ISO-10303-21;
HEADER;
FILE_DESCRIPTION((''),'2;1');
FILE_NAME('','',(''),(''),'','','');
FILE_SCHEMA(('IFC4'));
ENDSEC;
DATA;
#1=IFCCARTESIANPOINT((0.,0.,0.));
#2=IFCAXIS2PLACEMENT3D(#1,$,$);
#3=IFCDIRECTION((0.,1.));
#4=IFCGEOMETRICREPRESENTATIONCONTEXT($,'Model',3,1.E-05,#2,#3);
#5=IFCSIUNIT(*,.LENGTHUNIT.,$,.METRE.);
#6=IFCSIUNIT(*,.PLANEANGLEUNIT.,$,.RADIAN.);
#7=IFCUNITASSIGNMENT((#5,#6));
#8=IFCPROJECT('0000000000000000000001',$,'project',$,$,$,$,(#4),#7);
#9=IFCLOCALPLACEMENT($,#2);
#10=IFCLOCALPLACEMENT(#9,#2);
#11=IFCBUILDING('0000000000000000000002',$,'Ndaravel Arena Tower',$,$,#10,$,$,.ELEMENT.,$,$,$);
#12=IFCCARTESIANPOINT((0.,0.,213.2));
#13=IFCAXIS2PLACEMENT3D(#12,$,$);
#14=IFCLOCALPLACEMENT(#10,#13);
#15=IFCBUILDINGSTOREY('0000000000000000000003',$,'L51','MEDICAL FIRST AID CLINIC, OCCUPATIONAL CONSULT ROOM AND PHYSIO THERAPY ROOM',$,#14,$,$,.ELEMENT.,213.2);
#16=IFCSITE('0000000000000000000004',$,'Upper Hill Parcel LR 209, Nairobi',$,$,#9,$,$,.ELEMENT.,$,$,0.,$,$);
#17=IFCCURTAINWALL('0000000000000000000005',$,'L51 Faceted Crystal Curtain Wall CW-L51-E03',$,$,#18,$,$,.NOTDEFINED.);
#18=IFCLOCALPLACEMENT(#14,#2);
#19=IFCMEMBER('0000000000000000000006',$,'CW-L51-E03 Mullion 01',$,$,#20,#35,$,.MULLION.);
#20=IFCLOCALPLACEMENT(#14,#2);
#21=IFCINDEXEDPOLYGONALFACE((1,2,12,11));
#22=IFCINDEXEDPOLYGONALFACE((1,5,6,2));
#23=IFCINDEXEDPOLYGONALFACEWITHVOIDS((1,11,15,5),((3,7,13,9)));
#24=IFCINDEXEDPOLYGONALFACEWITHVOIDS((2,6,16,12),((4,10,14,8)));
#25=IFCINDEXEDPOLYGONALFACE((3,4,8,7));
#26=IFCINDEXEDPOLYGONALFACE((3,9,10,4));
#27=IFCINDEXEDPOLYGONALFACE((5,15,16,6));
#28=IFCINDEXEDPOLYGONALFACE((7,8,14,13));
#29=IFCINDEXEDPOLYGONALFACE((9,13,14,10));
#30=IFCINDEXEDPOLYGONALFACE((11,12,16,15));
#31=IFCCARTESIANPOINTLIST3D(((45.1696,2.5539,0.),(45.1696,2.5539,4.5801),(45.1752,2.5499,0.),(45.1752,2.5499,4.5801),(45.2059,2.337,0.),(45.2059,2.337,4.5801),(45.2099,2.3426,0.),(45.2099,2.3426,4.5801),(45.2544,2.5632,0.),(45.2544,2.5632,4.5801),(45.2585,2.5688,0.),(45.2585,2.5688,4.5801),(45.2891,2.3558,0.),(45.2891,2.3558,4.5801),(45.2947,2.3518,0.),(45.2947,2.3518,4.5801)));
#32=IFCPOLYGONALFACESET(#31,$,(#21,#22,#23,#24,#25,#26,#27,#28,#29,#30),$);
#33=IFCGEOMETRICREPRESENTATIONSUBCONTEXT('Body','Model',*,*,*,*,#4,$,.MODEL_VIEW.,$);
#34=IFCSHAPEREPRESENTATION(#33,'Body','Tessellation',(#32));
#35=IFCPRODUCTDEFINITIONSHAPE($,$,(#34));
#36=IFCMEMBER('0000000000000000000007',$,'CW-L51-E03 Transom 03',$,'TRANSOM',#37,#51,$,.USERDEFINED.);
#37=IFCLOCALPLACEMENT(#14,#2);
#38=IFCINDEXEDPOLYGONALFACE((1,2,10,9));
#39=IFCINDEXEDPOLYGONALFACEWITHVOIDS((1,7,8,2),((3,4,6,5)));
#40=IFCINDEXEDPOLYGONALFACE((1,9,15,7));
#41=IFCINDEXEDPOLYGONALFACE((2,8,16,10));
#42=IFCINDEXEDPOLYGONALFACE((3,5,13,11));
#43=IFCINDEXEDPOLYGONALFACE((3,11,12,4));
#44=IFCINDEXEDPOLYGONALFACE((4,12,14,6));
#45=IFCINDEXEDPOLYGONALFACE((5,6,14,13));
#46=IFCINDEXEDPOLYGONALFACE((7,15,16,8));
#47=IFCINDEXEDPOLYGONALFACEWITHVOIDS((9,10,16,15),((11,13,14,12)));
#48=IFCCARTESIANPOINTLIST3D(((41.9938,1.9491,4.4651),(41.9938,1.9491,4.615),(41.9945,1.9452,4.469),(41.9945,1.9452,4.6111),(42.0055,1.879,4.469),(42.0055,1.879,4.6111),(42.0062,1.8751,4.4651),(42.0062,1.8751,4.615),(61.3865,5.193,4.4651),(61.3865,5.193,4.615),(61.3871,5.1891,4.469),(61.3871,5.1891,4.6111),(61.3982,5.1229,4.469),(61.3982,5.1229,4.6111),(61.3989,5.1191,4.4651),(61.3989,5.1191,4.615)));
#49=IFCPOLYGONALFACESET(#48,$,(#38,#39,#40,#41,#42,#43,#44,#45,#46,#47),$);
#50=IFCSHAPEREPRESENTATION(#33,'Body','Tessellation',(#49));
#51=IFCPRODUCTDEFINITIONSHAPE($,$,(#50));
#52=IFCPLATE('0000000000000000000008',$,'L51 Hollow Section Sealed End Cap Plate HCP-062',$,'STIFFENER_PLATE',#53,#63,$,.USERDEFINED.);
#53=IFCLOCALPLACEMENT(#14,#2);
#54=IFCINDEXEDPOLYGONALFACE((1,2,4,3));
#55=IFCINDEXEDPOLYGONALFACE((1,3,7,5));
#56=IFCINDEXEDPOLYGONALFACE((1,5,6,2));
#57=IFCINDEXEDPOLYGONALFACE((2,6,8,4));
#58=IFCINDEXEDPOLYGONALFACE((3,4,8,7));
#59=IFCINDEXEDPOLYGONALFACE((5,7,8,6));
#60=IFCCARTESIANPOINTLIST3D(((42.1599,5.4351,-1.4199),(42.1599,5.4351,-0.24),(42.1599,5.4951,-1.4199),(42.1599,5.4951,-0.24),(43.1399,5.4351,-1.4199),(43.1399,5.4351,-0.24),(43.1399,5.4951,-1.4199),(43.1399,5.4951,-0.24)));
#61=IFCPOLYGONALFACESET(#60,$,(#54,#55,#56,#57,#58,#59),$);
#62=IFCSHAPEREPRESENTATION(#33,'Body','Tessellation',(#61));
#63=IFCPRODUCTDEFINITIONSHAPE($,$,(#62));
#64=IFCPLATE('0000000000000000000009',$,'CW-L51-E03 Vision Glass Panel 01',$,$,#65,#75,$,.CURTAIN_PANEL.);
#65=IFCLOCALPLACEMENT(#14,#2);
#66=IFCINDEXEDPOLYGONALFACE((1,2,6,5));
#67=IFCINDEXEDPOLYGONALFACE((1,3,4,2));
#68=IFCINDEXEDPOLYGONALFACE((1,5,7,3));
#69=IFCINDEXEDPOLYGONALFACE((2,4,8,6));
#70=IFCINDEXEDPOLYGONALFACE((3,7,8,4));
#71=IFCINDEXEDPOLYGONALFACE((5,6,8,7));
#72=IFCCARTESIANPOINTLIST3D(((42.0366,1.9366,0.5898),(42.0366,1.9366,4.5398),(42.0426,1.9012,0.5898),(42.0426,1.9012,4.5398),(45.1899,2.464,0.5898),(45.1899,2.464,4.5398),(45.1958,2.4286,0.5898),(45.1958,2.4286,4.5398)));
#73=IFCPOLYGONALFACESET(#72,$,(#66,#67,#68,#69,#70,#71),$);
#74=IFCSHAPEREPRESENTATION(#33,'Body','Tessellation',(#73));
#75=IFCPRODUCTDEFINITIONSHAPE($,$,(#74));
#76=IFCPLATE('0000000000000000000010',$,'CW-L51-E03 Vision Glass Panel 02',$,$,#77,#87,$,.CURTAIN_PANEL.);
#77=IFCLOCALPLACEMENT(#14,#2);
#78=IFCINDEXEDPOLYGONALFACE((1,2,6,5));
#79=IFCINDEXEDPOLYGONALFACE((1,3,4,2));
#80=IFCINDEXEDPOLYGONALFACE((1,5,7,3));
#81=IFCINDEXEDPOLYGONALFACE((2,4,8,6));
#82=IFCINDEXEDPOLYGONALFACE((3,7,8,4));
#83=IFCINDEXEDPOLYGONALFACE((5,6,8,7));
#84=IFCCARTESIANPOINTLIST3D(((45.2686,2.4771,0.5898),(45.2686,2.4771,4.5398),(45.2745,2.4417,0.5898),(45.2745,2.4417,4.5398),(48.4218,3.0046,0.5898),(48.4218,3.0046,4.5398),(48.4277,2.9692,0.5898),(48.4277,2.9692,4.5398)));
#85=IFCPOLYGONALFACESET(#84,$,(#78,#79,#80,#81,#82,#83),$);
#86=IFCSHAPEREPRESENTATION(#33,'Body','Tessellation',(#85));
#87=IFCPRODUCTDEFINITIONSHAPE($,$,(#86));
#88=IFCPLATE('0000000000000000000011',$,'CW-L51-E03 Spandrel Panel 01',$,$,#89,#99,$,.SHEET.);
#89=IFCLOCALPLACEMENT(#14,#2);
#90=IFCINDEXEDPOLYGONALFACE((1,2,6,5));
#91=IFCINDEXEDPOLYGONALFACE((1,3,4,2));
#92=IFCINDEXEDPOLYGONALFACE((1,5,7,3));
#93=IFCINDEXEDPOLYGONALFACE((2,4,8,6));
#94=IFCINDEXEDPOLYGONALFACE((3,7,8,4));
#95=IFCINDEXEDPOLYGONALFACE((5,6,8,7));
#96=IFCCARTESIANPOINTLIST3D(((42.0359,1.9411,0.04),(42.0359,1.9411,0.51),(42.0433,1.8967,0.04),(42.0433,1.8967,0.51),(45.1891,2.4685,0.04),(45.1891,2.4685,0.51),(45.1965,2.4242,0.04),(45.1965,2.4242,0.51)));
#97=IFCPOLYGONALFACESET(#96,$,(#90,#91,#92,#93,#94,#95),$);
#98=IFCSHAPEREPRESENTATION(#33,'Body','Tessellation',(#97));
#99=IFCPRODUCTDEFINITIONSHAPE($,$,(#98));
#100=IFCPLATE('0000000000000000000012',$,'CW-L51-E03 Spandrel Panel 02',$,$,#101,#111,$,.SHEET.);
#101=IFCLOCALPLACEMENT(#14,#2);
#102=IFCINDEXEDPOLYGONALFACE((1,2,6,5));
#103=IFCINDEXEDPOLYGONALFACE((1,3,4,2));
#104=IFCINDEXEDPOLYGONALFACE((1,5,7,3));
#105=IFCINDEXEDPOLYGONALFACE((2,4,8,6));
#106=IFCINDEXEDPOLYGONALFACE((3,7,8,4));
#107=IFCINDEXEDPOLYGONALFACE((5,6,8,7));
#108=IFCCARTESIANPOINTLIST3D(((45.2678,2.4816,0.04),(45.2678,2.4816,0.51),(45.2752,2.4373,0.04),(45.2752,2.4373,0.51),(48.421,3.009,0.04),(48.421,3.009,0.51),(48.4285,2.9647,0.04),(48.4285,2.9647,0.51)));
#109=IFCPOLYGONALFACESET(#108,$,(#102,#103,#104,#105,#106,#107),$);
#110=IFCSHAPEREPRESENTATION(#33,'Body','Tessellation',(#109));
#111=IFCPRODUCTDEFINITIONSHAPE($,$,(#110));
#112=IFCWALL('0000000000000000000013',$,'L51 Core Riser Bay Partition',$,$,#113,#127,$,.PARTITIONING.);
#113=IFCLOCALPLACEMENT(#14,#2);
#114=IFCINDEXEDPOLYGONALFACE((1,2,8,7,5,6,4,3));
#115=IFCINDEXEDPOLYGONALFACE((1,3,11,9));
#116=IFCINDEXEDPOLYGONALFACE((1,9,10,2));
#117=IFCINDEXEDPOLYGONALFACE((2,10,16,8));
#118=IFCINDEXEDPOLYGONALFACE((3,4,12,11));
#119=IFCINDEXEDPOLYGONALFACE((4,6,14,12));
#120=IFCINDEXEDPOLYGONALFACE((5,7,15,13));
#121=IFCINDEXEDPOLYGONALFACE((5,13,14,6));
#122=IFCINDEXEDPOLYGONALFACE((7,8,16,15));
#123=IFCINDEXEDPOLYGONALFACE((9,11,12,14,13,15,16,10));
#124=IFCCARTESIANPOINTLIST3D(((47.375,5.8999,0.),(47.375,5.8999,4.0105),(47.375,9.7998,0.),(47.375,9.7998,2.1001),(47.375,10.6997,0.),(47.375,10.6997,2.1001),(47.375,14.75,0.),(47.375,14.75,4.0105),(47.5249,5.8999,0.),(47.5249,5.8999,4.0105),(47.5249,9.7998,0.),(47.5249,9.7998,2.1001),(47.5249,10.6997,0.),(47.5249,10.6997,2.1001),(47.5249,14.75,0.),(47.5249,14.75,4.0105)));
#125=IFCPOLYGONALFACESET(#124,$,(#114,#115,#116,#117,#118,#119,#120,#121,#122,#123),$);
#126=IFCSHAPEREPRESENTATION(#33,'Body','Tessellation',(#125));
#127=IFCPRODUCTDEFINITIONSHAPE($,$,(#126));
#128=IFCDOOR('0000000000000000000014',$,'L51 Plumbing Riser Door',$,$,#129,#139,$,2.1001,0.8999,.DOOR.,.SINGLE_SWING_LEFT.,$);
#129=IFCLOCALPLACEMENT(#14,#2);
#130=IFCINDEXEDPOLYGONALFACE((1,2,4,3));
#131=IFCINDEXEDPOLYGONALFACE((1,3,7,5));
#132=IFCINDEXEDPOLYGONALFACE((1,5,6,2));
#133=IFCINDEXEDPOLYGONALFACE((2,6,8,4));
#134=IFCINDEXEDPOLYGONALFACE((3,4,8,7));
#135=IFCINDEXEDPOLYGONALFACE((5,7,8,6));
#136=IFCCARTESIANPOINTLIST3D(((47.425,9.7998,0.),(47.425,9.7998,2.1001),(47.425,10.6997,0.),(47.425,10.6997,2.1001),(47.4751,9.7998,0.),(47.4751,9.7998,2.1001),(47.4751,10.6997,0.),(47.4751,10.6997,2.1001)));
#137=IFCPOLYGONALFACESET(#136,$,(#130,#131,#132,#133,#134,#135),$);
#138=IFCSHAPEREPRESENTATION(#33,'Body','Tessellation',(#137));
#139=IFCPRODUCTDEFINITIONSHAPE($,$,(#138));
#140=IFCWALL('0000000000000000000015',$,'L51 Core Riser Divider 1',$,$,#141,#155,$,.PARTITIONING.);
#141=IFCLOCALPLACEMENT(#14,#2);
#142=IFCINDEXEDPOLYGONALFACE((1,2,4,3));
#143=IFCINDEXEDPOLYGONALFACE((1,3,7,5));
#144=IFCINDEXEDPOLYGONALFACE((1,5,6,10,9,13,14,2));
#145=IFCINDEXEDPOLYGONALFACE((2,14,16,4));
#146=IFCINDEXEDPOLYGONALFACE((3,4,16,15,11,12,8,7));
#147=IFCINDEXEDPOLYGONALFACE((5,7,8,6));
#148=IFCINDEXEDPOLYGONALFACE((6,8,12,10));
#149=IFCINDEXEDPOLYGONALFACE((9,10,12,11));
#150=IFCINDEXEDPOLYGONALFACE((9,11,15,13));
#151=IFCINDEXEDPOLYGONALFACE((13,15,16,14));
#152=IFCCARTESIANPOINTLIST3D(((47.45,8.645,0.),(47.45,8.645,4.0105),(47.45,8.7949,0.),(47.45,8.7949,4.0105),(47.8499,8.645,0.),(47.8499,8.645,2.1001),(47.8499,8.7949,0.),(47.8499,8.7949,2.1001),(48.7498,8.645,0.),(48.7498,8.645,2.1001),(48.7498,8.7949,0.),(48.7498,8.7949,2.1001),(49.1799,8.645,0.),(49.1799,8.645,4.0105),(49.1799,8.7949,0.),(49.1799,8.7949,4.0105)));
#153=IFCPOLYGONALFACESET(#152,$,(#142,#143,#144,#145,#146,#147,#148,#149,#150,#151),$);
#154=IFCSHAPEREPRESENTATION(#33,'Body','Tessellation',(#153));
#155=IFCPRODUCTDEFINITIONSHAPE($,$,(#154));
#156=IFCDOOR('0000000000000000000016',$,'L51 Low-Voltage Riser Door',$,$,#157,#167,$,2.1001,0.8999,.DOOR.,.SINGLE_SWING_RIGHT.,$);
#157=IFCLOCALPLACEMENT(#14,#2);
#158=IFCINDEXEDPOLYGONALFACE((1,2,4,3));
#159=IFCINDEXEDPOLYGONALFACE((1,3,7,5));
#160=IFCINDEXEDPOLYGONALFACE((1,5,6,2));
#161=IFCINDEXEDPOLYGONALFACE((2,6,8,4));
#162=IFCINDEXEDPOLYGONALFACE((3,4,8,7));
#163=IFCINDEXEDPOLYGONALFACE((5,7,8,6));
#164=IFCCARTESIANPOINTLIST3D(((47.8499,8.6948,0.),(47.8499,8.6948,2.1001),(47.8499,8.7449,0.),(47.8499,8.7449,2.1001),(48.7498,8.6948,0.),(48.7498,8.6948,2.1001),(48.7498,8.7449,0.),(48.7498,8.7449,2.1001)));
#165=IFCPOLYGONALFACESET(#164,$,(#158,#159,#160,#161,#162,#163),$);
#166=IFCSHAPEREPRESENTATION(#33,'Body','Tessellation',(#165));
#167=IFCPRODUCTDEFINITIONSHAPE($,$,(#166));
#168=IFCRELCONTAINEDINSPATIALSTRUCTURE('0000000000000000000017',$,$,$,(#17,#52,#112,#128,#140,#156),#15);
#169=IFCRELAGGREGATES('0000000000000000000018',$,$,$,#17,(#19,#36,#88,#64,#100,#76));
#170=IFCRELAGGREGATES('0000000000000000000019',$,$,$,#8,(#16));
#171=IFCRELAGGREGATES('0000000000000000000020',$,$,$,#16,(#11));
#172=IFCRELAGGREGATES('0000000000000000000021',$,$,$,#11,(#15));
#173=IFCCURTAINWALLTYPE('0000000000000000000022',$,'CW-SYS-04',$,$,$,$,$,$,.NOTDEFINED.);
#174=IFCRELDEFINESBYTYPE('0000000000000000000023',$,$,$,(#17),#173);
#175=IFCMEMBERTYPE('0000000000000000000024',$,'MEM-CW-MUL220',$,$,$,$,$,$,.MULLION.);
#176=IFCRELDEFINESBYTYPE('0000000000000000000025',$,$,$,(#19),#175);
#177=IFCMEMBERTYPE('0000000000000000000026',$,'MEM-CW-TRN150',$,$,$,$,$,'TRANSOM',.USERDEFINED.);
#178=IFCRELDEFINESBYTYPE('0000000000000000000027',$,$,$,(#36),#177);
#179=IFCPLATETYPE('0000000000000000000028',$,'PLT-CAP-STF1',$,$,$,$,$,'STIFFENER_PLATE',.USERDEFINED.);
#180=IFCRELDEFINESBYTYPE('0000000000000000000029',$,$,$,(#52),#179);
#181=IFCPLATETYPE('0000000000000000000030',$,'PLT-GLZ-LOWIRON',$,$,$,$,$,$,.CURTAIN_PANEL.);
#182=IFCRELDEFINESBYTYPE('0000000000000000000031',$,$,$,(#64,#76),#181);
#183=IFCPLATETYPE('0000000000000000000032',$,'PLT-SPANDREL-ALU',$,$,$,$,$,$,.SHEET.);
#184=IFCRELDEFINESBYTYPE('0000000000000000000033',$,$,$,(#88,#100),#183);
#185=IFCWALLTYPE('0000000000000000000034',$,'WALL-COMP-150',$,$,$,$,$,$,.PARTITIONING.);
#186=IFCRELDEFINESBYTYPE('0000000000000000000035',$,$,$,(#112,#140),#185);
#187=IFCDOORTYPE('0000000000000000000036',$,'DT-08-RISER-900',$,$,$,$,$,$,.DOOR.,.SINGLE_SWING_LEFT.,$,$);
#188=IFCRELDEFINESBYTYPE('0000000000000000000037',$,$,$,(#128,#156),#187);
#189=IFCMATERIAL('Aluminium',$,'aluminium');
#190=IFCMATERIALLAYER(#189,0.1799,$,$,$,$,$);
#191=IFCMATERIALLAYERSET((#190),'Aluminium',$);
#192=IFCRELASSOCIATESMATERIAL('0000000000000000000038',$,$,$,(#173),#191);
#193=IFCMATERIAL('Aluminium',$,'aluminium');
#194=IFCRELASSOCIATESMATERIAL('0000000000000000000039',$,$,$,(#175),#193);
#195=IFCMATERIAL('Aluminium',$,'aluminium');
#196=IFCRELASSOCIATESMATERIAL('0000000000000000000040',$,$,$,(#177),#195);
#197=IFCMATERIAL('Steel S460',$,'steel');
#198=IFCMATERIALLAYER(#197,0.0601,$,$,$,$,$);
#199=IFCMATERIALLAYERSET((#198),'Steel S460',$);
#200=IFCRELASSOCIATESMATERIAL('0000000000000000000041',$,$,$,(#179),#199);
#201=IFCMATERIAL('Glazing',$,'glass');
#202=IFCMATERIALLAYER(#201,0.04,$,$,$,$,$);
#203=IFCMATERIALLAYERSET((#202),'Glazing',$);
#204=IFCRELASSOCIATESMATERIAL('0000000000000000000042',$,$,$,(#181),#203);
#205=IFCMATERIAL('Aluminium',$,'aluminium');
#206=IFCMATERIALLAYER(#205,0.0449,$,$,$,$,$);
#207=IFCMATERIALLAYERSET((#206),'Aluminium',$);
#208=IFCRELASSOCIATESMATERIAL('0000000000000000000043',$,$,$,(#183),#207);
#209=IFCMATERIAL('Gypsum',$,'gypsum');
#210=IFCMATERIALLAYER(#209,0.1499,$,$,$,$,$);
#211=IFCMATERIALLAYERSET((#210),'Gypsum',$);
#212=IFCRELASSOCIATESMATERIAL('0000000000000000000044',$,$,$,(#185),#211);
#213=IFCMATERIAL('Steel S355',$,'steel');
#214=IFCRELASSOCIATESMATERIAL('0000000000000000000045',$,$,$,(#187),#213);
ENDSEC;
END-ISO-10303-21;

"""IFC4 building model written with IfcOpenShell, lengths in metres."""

from ifc_helpers import new_model, si_unit, direction, frame, frame_2d, origin, origin_2d, place, context, subcontext, project, spatial, rectangle, hollow_rectangle, extrude, material, layer, layer_set, material_profile, profile_set, type_object, element, fill, aggregate, save


model = new_model("IFC4")

# Units and contexts
model_context = context("Model", 3, precision=1e-05, world=origin(), true_north=direction((0.0, 1.0)))
body_context = subcontext(model_context, "Body", "Model", "MODEL_VIEW")
ifc_project = project(units=[si_unit("LENGTHUNIT", "METRE"), si_unit("PLANEANGLEUNIT", "RADIAN")], contexts=[model_context])

# Site, building, storey
site_placement = place(None, origin())
site = spatial("IfcSite", under=ifc_project, at=site_placement, Name="Upper Hill Parcel LR 209, Nairobi", CompositionType="ELEMENT", RefElevation=0.0)
building_placement = place(site_placement, origin())
building = spatial("IfcBuilding", under=site, at=building_placement, Name="Ndaravel Arena Tower", CompositionType="ELEMENT")
storey_placement = place(building_placement, frame((0.0, 0.0, 213.2)))
storey = spatial("IfcBuildingStorey", under=building, at=storey_placement, Name="L51", Description="MEDICAL FIRST AID CLINIC, OCCUPATIONAL CONSULT ROOM AND PHYSIO THERAPY ROOM", CompositionType="ELEMENT", Elevation=213.2)

# Curtain wall, members
ifc_material_1 = material(Name="Aluminium", Category="aluminium")
ifc_layer_1 = layer(ifc_material_1, 0.1799)
ifc_layer_set_1 = layer_set([ifc_layer_1], Name="Aluminium")
curtain_wall_type = type_object("IfcCurtainWallType", Name="CW-SYS-04", PredefinedType="NOTDEFINED", material=ifc_layer_set_1)
curtain_wall_placement = place(storey_placement, origin())
curtain_wall = element("IfcCurtainWall", 1, at=curtain_wall_placement, inside=storey, type_object=curtain_wall_type, Name="L51 Faceted Crystal Curtain Wall CW-L51-E03", PredefinedType="NOTDEFINED")
ifc_material_2 = material(Name="Aluminium", Category="aluminium")
ifc_material_profile_1 = material_profile(ifc_material_2, hollow_rectangle(XDim=0.0901, YDim=0.22, WallThickness=0.0049, at=origin_2d()), Name="CW MULLION 90x220x5")
ifc_profile_set_1 = profile_set([ifc_material_profile_1], Name="Aluminium")
member_type_1 = type_object("IfcMemberType", Name="MEM-CW-MUL220", PredefinedType="MULLION", material=ifc_profile_set_1)
member_1_placement = place(storey_placement, frame((45.2322, 2.4529, 0.0), z_axis=(0.0, 0.0, 1.0), x_axis=(0.986297, 0.164979, 0.0)))
member_1 = element("IfcMember", 2, at=member_1_placement, type_object=member_type_1, Name="CW-L51-E03 Mullion 01", PredefinedType="MULLION", context=body_context, shape_type="SweptSolid", body=[
    extrude(hollow_rectangle(XDim=0.0901, YDim=0.22, WallThickness=0.0049, at=origin_2d()), origin(), (0.0, 0.0, 1.0), 4.5801),
])
ifc_material_3 = material(Name="Aluminium", Category="aluminium")
ifc_material_profile_2 = material_profile(ifc_material_3, hollow_rectangle(XDim=0.075, YDim=0.1499, WallThickness=0.0039, at=origin_2d()), Name="CW TRANSOM 75x150x4")
ifc_profile_set_2 = profile_set([ifc_material_profile_2], Name="Aluminium")
member_type_2 = type_object("IfcMemberType", Name="MEM-CW-TRN150", ElementType="TRANSOM", PredefinedType="USERDEFINED", material=ifc_profile_set_2)
member_2_placement = place(storey_placement, frame((42.0, 1.9121, 4.54), z_axis=(0.986296, 0.164983, 0.0), x_axis=(-0.164983, 0.986296, 0.0)))
member_2 = element("IfcMember", 3, at=member_2_placement, type_object=member_type_2, Name="CW-L51-E03 Transom 03", ObjectType="TRANSOM", PredefinedType="USERDEFINED", context=body_context, shape_type="SweptSolid", body=[
    extrude(hollow_rectangle(XDim=0.075, YDim=0.1499, WallThickness=0.0039, at=origin_2d()), origin(), (0.0, 0.0, 1.0), 19.6621),
])

# Plates
ifc_material_4 = material(Name="Steel S460", Category="steel")
ifc_layer_2 = layer(ifc_material_4, 0.0601)
ifc_layer_set_2 = layer_set([ifc_layer_2], Name="Steel S460")
plate_type_1 = type_object("IfcPlateType", Name="PLT-CAP-STF1", ElementType="STIFFENER_PLATE", PredefinedType="USERDEFINED", material=ifc_layer_set_2)
plate_1_placement = place(storey_placement, frame((42.6499, 5.4651, -1.4199), z_axis=(0.0, 0.0, 1.0), x_axis=(0.0, -1.0, 0.0)))
element("IfcPlate", 4, at=plate_1_placement, inside=storey, type_object=plate_type_1, Name="L51 Hollow Section Sealed End Cap Plate HCP-062", ObjectType="STIFFENER_PLATE", PredefinedType="USERDEFINED", context=body_context, shape_type="SweptSolid", body=[
    extrude(rectangle(XDim=0.0601, YDim=0.98, at=origin_2d()), origin(), (0.0, 0.0, 1.0), 1.1799),
])
ifc_material_5 = material(Name="Glazing", Category="glass")
ifc_layer_3 = layer(ifc_material_5, 0.04)
ifc_layer_set_3 = layer_set([ifc_layer_3], Name="Glazing")
plate_type_2 = type_object("IfcPlateType", Name="PLT-GLZ-LOWIRON", PredefinedType="CURTAIN_PANEL", material=ifc_layer_set_3)
plate_2_placement = place(storey_placement, frame((43.6162, 2.1826, 0.5898), z_axis=(0.0, 0.0, 1.0), x_axis=(0.986297, 0.164979, 0.0)))
plate_2 = element("IfcPlate", 5, at=plate_2_placement, type_object=plate_type_2, Name="CW-L51-E03 Vision Glass Panel 01", PredefinedType="CURTAIN_PANEL", context=body_context, shape_type="SweptSolid", body=[
    extrude(rectangle(XDim=3.197, YDim=0.0359, at=origin_2d()), origin(), (0.0, 0.0, 1.0), 3.95),
])
plate_3_placement = place(storey_placement, frame((46.8481, 2.7231, 0.5898), z_axis=(0.0, 0.0, 1.0), x_axis=(0.986297, 0.164979, 0.0)))
plate_3 = element("IfcPlate", 6, at=plate_3_placement, type_object=plate_type_2, Name="CW-L51-E03 Vision Glass Panel 02", PredefinedType="CURTAIN_PANEL", context=body_context, shape_type="SweptSolid", body=[
    extrude(rectangle(XDim=3.197, YDim=0.0359, at=origin_2d()), origin(), (0.0, 0.0, 1.0), 3.95),
])
ifc_material_6 = material(Name="Aluminium", Category="aluminium")
ifc_layer_4 = layer(ifc_material_6, 0.0449)
ifc_layer_set_4 = layer_set([ifc_layer_4], Name="Aluminium")
plate_type_3 = type_object("IfcPlateType", Name="PLT-SPANDREL-ALU", PredefinedType="SHEET", material=ifc_layer_set_4)
plate_4_placement = place(storey_placement, frame((43.6162, 2.1826, 0.04), z_axis=(0.0, 0.0, 1.0), x_axis=(0.986297, 0.164979, 0.0)))
plate_4 = element("IfcPlate", 7, at=plate_4_placement, type_object=plate_type_3, Name="CW-L51-E03 Spandrel Panel 01", PredefinedType="SHEET", context=body_context, shape_type="SweptSolid", body=[
    extrude(rectangle(XDim=3.197, YDim=0.0449, at=origin_2d()), origin(), (0.0, 0.0, 1.0), 0.47),
])
plate_5_placement = place(storey_placement, frame((46.8481, 2.7231, 0.04), z_axis=(0.0, 0.0, 1.0), x_axis=(0.986297, 0.164979, 0.0)))
plate_5 = element("IfcPlate", 8, at=plate_5_placement, type_object=plate_type_3, Name="CW-L51-E03 Spandrel Panel 02", PredefinedType="SHEET", context=body_context, shape_type="SweptSolid", body=[
    extrude(rectangle(XDim=3.197, YDim=0.0449, at=origin_2d()), origin(), (0.0, 0.0, 1.0), 0.47),
])
aggregate(curtain_wall, [member_1, member_2, plate_4, plate_2, plate_5, plate_3])

# Walls, openings, doors
ifc_material_7 = material(Name="Gypsum", Category="gypsum")
ifc_layer_5 = layer(ifc_material_7, 0.1499)
ifc_layer_set_5 = layer_set([ifc_layer_5], Name="Gypsum")
wall_type_1 = type_object("IfcWallType", Name="WALL-COMP-150", PredefinedType="PARTITIONING", material=ifc_layer_set_5)
wall_1_placement = place(storey_placement, frame((47.45, 5.8999, 0.0), z_axis=(0.0, 0.0, 1.0), x_axis=(0.0, 1.0, 0.0)))
wall_1 = element("IfcWall", 9, at=wall_1_placement, inside=storey, type_object=wall_type_1, Name="L51 Core Riser Bay Partition", PredefinedType="PARTITIONING", context=body_context, shape_type="SweptSolid", body=[
    extrude(rectangle(XDim=8.8501, YDim=0.1499, at=frame_2d((4.425, 0.0))), origin(), (0.0, 0.0, 1.0), 4.0105),
])
opening_1_placement = place(wall_1_placement, frame((3.8999, 0.0, 0.0)))
opening_1 = element("IfcOpeningElement", 10, at=opening_1_placement, cuts=wall_1, PredefinedType="OPENING", context=body_context, shape_type="SweptSolid", body=[
    extrude(rectangle(XDim=0.8999, YDim=2.1001, at=frame_2d((0.45, 1.05))), frame((0.0, 0.075, 0.0), z_axis=(0.0, -1.0, 0.0), x_axis=(1.0, 0.0, 0.0)), (0.0, 0.0, 1.0), 0.1499),
])
ifc_material_8 = material(Name="Steel S355", Category="steel")
door_type = type_object("IfcDoorType", Name="DT-08-RISER-900", OperationType="SINGLE_SWING_LEFT", PredefinedType="DOOR", material=ifc_material_8)
door_1_placement = place(opening_1_placement, origin())
door_1 = element("IfcDoor", 11, at=door_1_placement, inside=storey, type_object=door_type, Name="L51 Plumbing Riser Door", OperationType="SINGLE_SWING_LEFT", OverallHeight=2.1001, OverallWidth=0.8999, PredefinedType="DOOR", context=body_context, shape_type="SweptSolid", body=[
    extrude(rectangle(XDim=0.8999, YDim=2.1001, at=frame_2d((0.45, 1.05))), frame((0.0, 0.0249, 0.0), z_axis=(0.0, -1.0, 0.0), x_axis=(1.0, 0.0, 0.0)), (0.0, 0.0, 1.0), 0.05),
])
fill(opening_1, door_1)
wall_2_placement = place(storey_placement, frame((47.45, 8.72, 0.0), z_axis=(0.0, 0.0, 1.0), x_axis=(1.0, 0.0, 0.0)))
wall_2 = element("IfcWall", 12, at=wall_2_placement, inside=storey, type_object=wall_type_1, Name="L51 Core Riser Divider 1", PredefinedType="PARTITIONING", context=body_context, shape_type="SweptSolid", body=[
    extrude(rectangle(XDim=1.73, YDim=0.1499, at=frame_2d((0.865, 0.0))), origin(), (0.0, 0.0, 1.0), 4.0105),
])
opening_2_placement = place(wall_2_placement, frame((0.3999, 0.0, 0.0)))
opening_2 = element("IfcOpeningElement", 13, at=opening_2_placement, cuts=wall_2, PredefinedType="OPENING", context=body_context, shape_type="SweptSolid", body=[
    extrude(rectangle(XDim=0.8999, YDim=2.1001, at=frame_2d((0.45, 1.05))), frame((0.0, 0.075, 0.0), z_axis=(0.0, -1.0, 0.0), x_axis=(1.0, 0.0, 0.0)), (0.0, 0.0, 1.0), 0.1499),
])
door_2_placement = place(opening_2_placement, origin())
door_2 = element("IfcDoor", 14, at=door_2_placement, inside=storey, type_object=door_type, Name="L51 Low-Voltage Riser Door", OperationType="SINGLE_SWING_RIGHT", OverallHeight=2.1001, OverallWidth=0.8999, PredefinedType="DOOR", context=body_context, shape_type="SweptSolid", body=[
    extrude(rectangle(XDim=0.8999, YDim=2.1001, at=frame_2d((0.45, 1.05))), frame((0.0, 0.0249, 0.0), z_axis=(0.0, -1.0, 0.0), x_axis=(1.0, 0.0, 0.0)), (0.0, 0.0, 1.0), 0.05),
])
fill(opening_2, door_2)

save(model, "model.ifc")
